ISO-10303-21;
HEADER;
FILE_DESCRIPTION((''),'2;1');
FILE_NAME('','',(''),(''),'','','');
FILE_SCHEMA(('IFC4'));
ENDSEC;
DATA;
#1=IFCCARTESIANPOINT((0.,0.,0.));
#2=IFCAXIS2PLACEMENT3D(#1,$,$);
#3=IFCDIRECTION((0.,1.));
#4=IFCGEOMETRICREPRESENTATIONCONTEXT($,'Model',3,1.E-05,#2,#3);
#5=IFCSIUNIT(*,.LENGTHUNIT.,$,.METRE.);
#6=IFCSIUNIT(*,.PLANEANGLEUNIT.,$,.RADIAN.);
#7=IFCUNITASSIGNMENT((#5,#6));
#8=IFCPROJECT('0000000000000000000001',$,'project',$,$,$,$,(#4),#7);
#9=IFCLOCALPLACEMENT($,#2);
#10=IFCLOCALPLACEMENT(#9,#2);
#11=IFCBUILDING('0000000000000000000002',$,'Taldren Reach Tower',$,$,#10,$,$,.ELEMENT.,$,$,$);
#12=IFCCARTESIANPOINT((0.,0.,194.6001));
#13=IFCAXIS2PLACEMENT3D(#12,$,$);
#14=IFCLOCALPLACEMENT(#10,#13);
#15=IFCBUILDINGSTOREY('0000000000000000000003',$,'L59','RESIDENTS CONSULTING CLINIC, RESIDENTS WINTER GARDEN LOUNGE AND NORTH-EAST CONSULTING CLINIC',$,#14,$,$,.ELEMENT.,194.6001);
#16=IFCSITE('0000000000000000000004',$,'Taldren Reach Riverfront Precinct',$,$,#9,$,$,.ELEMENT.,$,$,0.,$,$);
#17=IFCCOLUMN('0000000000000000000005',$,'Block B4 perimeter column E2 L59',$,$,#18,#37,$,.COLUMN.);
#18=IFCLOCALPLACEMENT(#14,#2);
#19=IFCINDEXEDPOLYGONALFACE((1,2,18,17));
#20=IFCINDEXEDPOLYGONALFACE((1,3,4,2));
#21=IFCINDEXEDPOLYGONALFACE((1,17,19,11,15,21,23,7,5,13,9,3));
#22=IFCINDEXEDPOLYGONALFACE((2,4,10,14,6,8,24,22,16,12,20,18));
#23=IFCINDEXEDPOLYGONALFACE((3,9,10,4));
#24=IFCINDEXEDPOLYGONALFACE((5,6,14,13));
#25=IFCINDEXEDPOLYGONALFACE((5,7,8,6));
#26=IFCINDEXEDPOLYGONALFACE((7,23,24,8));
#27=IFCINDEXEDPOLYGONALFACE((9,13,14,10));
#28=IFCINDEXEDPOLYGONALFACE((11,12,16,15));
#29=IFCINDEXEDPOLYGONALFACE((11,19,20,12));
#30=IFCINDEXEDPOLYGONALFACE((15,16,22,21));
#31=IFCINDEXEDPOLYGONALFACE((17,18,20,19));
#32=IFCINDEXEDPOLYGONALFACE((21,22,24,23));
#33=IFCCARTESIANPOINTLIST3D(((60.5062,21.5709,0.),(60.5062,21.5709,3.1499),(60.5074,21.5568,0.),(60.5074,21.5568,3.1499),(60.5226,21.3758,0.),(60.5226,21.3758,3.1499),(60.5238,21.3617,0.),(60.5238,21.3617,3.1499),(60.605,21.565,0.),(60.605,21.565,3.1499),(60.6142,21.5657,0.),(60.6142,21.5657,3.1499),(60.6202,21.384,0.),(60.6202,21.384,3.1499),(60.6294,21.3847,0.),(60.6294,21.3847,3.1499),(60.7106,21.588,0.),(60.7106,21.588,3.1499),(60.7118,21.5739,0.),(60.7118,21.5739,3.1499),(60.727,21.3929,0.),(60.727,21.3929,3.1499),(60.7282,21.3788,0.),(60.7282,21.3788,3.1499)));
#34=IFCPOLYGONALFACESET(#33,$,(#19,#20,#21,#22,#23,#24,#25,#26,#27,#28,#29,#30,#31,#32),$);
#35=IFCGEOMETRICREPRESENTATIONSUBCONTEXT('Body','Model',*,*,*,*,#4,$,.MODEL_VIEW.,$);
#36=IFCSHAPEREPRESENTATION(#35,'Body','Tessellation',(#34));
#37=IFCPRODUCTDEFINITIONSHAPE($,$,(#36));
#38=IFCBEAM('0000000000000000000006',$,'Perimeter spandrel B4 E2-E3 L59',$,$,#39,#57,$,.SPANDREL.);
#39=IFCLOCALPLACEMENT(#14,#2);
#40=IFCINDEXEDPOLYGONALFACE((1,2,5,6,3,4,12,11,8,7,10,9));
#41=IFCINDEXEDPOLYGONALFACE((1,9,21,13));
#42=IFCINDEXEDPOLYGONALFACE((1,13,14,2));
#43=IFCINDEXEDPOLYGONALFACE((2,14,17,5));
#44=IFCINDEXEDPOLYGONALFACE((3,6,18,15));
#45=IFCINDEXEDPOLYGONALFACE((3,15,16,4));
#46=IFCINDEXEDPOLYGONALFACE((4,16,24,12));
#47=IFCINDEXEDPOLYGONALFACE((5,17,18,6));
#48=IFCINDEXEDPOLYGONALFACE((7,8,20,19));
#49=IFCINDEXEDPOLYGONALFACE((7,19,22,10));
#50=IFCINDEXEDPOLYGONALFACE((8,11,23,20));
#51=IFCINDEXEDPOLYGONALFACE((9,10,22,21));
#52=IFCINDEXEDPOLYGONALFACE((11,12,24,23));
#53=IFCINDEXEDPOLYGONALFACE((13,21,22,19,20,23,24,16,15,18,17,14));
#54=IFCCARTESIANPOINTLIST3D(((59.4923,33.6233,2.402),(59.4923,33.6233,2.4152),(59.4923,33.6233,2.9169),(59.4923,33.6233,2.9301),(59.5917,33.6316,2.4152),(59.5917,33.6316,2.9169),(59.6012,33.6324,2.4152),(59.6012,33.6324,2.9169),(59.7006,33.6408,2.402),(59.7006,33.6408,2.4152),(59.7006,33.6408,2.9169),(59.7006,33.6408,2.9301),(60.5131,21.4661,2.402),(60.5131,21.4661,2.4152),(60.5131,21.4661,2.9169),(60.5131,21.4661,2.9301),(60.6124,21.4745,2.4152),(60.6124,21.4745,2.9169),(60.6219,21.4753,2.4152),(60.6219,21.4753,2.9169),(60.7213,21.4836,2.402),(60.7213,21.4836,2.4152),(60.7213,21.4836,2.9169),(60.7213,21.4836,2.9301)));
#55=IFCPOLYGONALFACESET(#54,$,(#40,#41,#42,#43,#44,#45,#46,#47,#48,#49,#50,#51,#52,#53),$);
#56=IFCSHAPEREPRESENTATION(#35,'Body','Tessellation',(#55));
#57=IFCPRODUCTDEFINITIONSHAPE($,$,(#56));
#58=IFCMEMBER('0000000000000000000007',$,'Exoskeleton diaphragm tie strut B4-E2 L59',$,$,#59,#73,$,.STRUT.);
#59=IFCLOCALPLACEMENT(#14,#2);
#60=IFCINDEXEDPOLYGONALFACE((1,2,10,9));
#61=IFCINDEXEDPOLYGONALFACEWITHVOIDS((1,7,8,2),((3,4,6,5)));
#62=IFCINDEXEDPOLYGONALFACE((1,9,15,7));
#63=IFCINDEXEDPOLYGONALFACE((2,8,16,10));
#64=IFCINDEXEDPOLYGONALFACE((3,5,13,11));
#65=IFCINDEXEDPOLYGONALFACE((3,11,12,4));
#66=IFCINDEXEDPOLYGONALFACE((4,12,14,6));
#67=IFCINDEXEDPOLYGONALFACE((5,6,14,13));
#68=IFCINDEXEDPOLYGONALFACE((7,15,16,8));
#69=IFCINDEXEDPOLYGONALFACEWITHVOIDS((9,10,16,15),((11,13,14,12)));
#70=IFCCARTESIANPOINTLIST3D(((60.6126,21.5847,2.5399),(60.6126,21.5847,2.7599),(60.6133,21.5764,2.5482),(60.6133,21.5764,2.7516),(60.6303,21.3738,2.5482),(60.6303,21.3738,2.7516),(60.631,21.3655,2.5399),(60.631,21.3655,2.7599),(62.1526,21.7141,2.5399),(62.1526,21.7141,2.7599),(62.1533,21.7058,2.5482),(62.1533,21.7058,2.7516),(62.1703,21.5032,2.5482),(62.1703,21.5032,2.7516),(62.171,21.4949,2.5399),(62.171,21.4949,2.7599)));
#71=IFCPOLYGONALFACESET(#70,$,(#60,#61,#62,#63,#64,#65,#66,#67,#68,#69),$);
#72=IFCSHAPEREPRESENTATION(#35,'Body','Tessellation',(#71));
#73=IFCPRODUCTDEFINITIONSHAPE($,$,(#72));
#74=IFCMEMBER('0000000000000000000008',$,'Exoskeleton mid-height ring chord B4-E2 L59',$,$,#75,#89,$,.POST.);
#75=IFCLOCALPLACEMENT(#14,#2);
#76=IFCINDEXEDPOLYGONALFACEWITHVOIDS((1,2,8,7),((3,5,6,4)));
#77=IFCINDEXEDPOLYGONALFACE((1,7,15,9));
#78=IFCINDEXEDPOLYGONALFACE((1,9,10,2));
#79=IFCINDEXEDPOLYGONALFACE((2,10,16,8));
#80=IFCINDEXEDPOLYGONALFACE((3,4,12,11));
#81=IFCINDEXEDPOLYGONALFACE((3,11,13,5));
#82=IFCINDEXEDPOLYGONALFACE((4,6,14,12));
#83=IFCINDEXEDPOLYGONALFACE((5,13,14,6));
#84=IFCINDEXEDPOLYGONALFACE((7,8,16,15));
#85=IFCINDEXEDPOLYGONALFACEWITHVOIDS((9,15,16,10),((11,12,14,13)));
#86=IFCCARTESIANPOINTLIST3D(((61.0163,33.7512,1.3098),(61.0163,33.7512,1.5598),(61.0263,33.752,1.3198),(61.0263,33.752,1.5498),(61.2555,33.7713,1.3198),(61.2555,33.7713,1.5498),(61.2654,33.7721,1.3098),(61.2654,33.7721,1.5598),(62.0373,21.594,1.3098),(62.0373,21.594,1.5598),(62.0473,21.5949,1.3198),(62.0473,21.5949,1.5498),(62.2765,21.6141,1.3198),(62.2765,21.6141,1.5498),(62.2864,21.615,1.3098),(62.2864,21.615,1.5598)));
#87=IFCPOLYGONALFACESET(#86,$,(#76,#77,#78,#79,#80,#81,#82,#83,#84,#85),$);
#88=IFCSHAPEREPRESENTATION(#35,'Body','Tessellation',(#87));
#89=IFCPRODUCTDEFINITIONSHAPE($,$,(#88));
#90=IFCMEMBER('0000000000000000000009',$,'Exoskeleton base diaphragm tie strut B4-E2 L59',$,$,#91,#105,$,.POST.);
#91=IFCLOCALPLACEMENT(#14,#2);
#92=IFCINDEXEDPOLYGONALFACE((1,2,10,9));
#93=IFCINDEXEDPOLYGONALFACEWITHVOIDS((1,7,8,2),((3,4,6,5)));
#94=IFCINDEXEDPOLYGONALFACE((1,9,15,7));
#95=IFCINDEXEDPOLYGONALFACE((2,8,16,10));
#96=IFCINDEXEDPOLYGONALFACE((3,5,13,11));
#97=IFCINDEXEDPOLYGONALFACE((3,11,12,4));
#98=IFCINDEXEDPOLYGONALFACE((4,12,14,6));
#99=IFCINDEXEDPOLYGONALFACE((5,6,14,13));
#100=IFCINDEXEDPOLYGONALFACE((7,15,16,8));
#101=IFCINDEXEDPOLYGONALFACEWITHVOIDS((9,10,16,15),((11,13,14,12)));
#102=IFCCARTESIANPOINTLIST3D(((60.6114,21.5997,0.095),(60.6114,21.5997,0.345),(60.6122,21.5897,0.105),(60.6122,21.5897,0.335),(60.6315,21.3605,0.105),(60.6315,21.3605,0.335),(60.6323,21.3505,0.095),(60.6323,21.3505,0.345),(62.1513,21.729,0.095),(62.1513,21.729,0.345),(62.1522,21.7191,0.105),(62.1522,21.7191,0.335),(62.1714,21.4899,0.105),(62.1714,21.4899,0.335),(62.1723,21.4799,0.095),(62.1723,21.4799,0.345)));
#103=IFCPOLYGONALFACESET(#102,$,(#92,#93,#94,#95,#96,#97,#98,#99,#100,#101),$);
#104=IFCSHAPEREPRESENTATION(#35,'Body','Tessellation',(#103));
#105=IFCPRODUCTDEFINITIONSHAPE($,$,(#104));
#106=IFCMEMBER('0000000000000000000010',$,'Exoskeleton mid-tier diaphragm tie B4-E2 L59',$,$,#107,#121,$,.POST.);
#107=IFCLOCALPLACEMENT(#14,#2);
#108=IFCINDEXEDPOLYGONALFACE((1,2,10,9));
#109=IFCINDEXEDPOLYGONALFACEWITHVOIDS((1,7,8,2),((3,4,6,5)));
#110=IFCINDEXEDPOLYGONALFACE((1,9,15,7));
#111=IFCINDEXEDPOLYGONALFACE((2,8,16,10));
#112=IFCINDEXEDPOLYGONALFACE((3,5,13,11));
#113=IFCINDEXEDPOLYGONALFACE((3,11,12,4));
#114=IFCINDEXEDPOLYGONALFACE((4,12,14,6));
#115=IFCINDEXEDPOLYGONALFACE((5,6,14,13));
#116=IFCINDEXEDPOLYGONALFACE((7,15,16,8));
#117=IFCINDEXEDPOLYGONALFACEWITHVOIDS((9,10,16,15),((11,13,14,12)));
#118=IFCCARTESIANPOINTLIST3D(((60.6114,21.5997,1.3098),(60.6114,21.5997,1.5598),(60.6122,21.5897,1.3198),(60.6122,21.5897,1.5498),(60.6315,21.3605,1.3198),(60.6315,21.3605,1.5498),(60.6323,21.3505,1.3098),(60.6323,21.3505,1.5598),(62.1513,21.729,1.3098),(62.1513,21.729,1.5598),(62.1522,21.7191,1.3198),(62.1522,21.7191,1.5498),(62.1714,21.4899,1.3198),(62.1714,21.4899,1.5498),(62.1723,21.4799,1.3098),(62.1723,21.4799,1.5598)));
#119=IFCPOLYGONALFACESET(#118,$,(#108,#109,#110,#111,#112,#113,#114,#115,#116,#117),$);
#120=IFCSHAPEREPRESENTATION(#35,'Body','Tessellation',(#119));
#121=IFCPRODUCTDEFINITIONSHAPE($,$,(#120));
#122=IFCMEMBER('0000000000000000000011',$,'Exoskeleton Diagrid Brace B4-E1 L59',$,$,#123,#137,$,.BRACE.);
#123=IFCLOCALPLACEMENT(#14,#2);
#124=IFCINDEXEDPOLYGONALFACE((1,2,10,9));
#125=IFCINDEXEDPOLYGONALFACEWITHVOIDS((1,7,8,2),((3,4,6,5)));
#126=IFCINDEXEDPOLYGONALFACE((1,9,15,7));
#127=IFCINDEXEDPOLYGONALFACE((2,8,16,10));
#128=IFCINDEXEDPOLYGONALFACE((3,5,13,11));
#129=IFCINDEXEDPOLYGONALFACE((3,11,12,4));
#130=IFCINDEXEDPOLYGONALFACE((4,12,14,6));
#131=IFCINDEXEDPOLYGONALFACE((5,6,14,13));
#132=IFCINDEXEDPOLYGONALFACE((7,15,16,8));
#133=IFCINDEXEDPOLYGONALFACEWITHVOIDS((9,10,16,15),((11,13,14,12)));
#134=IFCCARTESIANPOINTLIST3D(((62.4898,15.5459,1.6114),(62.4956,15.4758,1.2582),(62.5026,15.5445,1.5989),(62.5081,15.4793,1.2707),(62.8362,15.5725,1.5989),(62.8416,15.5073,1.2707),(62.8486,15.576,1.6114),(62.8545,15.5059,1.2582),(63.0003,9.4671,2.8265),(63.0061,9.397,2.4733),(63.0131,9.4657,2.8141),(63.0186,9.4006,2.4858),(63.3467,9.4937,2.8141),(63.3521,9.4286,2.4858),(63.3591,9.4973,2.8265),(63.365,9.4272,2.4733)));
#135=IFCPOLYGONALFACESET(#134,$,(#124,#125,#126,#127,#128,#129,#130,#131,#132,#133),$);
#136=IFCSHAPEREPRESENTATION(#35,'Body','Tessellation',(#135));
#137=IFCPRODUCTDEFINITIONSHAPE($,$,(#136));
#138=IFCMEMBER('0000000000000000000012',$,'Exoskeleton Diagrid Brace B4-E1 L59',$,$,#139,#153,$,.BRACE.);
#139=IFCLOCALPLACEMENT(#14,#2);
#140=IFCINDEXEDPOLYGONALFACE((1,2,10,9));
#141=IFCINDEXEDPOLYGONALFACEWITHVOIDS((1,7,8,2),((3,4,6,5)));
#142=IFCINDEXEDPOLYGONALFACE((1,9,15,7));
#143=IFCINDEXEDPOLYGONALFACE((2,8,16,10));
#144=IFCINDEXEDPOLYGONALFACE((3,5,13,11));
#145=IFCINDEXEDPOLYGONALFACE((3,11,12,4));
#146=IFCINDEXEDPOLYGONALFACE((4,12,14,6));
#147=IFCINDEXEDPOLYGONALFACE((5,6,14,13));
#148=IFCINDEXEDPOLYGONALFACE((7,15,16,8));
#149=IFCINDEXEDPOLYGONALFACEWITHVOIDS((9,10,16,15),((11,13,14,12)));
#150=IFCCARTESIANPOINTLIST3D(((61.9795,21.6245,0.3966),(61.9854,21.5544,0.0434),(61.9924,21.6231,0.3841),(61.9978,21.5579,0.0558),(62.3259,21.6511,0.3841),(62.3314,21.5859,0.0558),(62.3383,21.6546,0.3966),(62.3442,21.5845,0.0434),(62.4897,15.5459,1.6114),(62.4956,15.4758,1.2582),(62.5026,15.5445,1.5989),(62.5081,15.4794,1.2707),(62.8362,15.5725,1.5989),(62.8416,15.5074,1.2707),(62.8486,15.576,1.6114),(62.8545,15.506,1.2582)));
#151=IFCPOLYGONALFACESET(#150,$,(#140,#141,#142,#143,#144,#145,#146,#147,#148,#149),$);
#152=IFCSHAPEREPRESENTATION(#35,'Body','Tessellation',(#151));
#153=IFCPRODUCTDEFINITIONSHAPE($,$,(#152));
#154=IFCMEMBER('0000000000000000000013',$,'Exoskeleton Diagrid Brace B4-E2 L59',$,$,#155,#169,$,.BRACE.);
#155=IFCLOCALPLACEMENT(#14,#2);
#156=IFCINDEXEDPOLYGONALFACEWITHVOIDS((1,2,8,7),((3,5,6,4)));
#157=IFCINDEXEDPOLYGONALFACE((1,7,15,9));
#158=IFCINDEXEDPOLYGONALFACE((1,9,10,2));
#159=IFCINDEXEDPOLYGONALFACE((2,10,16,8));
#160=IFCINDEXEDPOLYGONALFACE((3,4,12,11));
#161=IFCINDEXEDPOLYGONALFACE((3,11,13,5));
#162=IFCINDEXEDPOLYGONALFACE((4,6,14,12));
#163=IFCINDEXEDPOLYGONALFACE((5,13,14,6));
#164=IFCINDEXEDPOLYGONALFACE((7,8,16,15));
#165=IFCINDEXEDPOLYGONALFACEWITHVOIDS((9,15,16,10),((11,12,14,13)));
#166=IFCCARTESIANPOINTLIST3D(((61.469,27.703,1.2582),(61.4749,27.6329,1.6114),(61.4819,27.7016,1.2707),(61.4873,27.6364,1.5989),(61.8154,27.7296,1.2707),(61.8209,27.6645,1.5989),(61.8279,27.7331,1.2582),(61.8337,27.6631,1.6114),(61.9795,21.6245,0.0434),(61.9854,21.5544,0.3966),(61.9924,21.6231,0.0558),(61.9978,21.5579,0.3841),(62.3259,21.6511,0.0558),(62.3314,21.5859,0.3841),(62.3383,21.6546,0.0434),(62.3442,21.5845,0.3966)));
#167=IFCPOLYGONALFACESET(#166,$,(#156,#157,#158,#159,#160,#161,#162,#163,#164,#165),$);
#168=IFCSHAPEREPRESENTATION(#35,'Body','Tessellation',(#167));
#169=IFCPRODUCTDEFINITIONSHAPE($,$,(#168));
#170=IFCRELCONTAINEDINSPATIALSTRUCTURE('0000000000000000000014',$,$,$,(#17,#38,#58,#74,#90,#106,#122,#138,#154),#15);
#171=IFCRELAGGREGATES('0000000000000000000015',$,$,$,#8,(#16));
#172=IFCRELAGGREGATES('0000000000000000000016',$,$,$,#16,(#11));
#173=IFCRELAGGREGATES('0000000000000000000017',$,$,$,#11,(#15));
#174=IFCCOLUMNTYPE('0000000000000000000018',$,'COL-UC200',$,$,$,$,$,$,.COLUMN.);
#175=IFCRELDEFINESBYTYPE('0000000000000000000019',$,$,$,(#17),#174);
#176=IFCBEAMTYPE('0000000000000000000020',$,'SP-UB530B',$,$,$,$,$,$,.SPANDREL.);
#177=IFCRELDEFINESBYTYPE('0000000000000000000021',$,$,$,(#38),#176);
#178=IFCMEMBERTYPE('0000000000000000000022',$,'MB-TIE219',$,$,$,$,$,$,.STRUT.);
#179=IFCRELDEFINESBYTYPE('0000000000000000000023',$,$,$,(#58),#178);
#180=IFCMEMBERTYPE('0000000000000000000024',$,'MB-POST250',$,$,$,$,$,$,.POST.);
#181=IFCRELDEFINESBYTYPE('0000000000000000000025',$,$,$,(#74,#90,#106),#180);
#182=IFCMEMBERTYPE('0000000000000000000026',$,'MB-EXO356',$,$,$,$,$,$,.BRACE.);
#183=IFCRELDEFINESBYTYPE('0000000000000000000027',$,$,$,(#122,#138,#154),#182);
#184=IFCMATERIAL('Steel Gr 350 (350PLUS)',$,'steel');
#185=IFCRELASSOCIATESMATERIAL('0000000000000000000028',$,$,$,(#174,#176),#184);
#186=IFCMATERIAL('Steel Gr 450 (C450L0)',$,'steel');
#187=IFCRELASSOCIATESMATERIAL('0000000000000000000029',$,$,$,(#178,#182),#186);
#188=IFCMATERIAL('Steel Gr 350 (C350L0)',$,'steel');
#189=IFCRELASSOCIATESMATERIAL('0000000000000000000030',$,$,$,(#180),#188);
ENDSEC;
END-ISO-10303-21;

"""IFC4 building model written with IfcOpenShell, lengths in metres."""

from ifc_helpers import new_model, si_unit, direction, frame, origin, origin_2d, place, context, subcontext, project, spatial, hollow_rectangle, i_section, extrude, source, transform, mapped, material, material_profile, profile_set, type_object, element, save


model = new_model("IFC4")

# Units and contexts
model_context = context("Model", 3, precision=1e-05, world=origin(), true_north=direction((0.0, 1.0)))
body_context = subcontext(model_context, "Body", "Model", "MODEL_VIEW")
ifc_project = project(units=[si_unit("LENGTHUNIT", "METRE"), si_unit("PLANEANGLEUNIT", "RADIAN")], contexts=[model_context])

# Site, building, storey
site_placement = place(None, origin())
site = spatial("IfcSite", under=ifc_project, at=site_placement, Name="Taldren Reach Riverfront Precinct", CompositionType="ELEMENT", RefElevation=0.0)
building_placement = place(site_placement, origin())
building = spatial("IfcBuilding", under=site, at=building_placement, Name="Taldren Reach Tower", CompositionType="ELEMENT")
storey_placement = place(building_placement, frame((0.0, 0.0, 194.6001)))
storey = spatial("IfcBuildingStorey", under=building, at=storey_placement, Name="L59", Description="RESIDENTS CONSULTING CLINIC, RESIDENTS WINTER GARDEN LOUNGE AND NORTH-EAST CONSULTING CLINIC", CompositionType="ELEMENT", Elevation=194.6001)

# Column
ifc_material_1 = material(Name="Steel Gr 350 (350PLUS)", Category="steel")
ifc_material_profile_1 = material_profile(ifc_material_1, i_section(OverallWidth=0.2051, OverallDepth=0.21, WebThickness=0.0093, FlangeThickness=0.0142, at=origin_2d()), Name="200UC59.5")
ifc_profile_set_1 = profile_set([ifc_material_profile_1], Name="Steel Gr 350 (350PLUS)")
column_type = type_object("IfcColumnType", Name="COL-UC200", PredefinedType="COLUMN", material=ifc_profile_set_1)
shared_shape_1 = source(origin(), body_context, "Body", "SweptSolid", [
    extrude(i_section(OverallWidth=0.2051, OverallDepth=0.21, WebThickness=0.0093, FlangeThickness=0.0142, at=origin_2d()), origin(), (0.0, 0.0, 1.0), 3.1499),
])
column_placement = place(storey_placement, frame((60.6172, 21.4749, 0.0), z_axis=(0.0, 0.0, 1.0), x_axis=(0.996493, 0.083678, 0.0)))
element("IfcColumn", 1, at=column_placement, inside=storey, type_object=column_type, Name="Block B4 perimeter column E2 L59", PredefinedType="COLUMN", context=body_context, shape_type="MappedRepresentation", body=[
    mapped(shared_shape_1, transform((0.0, 0.0, 0.0), scale=1.0)),
])

# Beam
ifc_material_profile_2 = material_profile(ifc_material_1, i_section(OverallWidth=0.209, OverallDepth=0.5281, WebThickness=0.0095, FlangeThickness=0.0132, at=origin_2d()), Name="530UB82.0")
ifc_profile_set_2 = profile_set([ifc_material_profile_2], Name="Steel Gr 350 (350PLUS)")
beam_type = type_object("IfcBeamType", Name="SP-UB530B", PredefinedType="SPANDREL", material=ifc_profile_set_2)
shared_shape_2 = source(origin(), body_context, "Body", "SweptSolid", [
    extrude(i_section(OverallWidth=0.209, OverallDepth=0.5281, WebThickness=0.0095, FlangeThickness=0.0132, at=origin_2d()), origin(), (0.0, 0.0, 1.0), 12.2),
])
beam_placement = place(storey_placement, frame((60.6172, 21.4749, 2.666), z_axis=(-0.083668, 0.996494, 0.0), x_axis=(-0.996494, -0.083668, 0.0)))
element("IfcBeam", 2, at=beam_placement, inside=storey, type_object=beam_type, Name="Perimeter spandrel B4 E2-E3 L59", PredefinedType="SPANDREL", context=body_context, shape_type="MappedRepresentation", body=[
    mapped(shared_shape_2, transform((0.0, 0.0, 0.0), scale=1.0)),
])

# Members
ifc_material_2 = material(Name="Steel Gr 450 (C450L0)", Category="steel")
ifc_material_profile_3 = material_profile(ifc_material_2, hollow_rectangle(XDim=0.22, YDim=0.22, WallThickness=0.0083, at=origin_2d()), Name="220x220x8.2SHS")
ifc_profile_set_3 = profile_set([ifc_material_profile_3], Name="Steel Gr 450 (C450L0)")
member_type_1 = type_object("IfcMemberType", Name="MB-TIE219", PredefinedType="STRUT", material=ifc_profile_set_3)
shared_shape_3 = source(origin(), body_context, "Body", "SweptSolid", [
    extrude(hollow_rectangle(XDim=0.22, YDim=0.22, WallThickness=0.0083, at=origin_2d()), origin(), (0.0, 0.0, 1.0), 1.5454),
])
member_1_placement = place(storey_placement, frame((60.6218, 21.4751, 2.6499), z_axis=(0.996489, 0.083725, 0.0), x_axis=(-0.083725, 0.996489, 0.0)))
element("IfcMember", 3, at=member_1_placement, inside=storey, type_object=member_type_1, Name="Exoskeleton diaphragm tie strut B4-E2 L59", PredefinedType="STRUT", context=body_context, shape_type="MappedRepresentation", body=[
    mapped(shared_shape_3, transform((0.0, 0.0, 0.0), scale=1.0)),
])
ifc_material_3 = material(Name="Steel Gr 350 (C350L0)", Category="steel")
ifc_material_profile_4 = material_profile(ifc_material_3, hollow_rectangle(XDim=0.25, YDim=0.25, WallThickness=0.01, at=origin_2d()), Name="250x250x10.0SHS")
ifc_profile_set_4 = profile_set([ifc_material_profile_4], Name="Steel Gr 350 (C350L0)")
member_type_2 = type_object("IfcMemberType", Name="MB-POST250", PredefinedType="POST", material=ifc_profile_set_4)
shared_shape_4 = source(origin(), body_context, "Body", "SweptSolid", [
    extrude(hollow_rectangle(XDim=0.25, YDim=0.25, WallThickness=0.01, at=origin_2d()), origin(), (0.0, 0.0, 1.0), 12.2),
])
member_2_placement = place(storey_placement, frame((62.1619, 21.6045, 1.4348), z_axis=(-0.083688, 0.996492, 0.0), x_axis=(-0.996492, -0.083688, 0.0)))
element("IfcMember", 4, at=member_2_placement, inside=storey, type_object=member_type_2, Name="Exoskeleton mid-height ring chord B4-E2 L59", PredefinedType="POST", context=body_context, shape_type="MappedRepresentation", body=[
    mapped(shared_shape_4, transform((0.0, 0.0, 0.0), scale=1.0)),
])
shared_shape_5 = source(origin(), body_context, "Body", "SweptSolid", [
    extrude(hollow_rectangle(XDim=0.25, YDim=0.25, WallThickness=0.01, at=origin_2d()), origin(), (0.0, 0.0, 1.0), 1.5454),
])
for number, where, z_axis, x_axis, name in (
    (5, (60.6218, 21.4751, 0.22), (0.996489, 0.083725, 0.0), (-0.083725, 0.996489, 0.0), "Exoskeleton base diaphragm tie strut B4-E2 L59"),
    (6, (60.6218, 21.4751, 1.4348), (0.996489, 0.083725, 0.0), (-0.083725, 0.996489, 0.0), "Exoskeleton mid-tier diaphragm tie B4-E2 L59"),
):
    element("IfcMember", number, at=place(storey_placement, frame(where, z_axis=z_axis, x_axis=x_axis)), inside=storey, type_object=member_type_2, Name=name, PredefinedType="POST", context=body_context, shape_type="MappedRepresentation", body=[
        mapped(shared_shape_5, transform((0.0, 0.0, 0.0), scale=1.0)),
    ])
ifc_material_profile_5 = material_profile(ifc_material_2, hollow_rectangle(XDim=0.3601, YDim=0.3601, WallThickness=0.0127, at=origin_2d()), Name="360x360x12.7SHS")
ifc_profile_set_5 = profile_set([ifc_material_profile_5], Name="Steel Gr 450 (C450L0)")
member_type_3 = type_object("IfcMemberType", Name="MB-EXO356", PredefinedType="BRACE", material=ifc_profile_set_5)
shared_shape_6 = source(origin(), body_context, "Body", "SweptSolid", [
    extrude(hollow_rectangle(XDim=0.3601, YDim=0.3601, WallThickness=0.0127, at=origin_2d()), origin(), (0.0, 0.0, 1.0), 6.22),
])
member_3_placement = place(storey_placement, frame((62.6721, 15.5259, 1.4348), z_axis=(0.082076, -0.977292, 0.195356), x_axis=(0.996492, 0.083688, 0.0)))
element("IfcMember", 7, at=member_3_placement, inside=storey, type_object=member_type_3, Name="Exoskeleton Diagrid Brace B4-E1 L59", PredefinedType="BRACE", context=body_context, shape_type="MappedRepresentation", body=[
    mapped(shared_shape_6, transform((0.0, 0.0, 0.0), scale=1.0)),
])
shared_shape_7 = source(origin(), body_context, "Body", "SweptSolid", [
    extrude(hollow_rectangle(XDim=0.3601, YDim=0.3601, WallThickness=0.0127, at=origin_2d()), origin(), (0.0, 0.0, 1.0), 6.2197),
])
for number, where, z_axis, x_axis, name in (
    (8, (62.1619, 21.6045, 0.22), (0.082037, -0.977303, 0.195319), (0.996495, 0.083648, 0.0), "Exoskeleton Diagrid Brace B4-E1 L59"),
    (9, (62.1619, 21.6045, 0.22), (-0.082076, 0.977299, 0.195319), (-0.996492, -0.083688, 0.0), "Exoskeleton Diagrid Brace B4-E2 L59"),
):
    element("IfcMember", number, at=place(storey_placement, frame(where, z_axis=z_axis, x_axis=x_axis)), inside=storey, type_object=member_type_3, Name=name, PredefinedType="BRACE", context=body_context, shape_type="MappedRepresentation", body=[
        mapped(shared_shape_7, transform((0.0, 0.0, 0.0), scale=1.0)),
    ])

save(model, "model.ifc")
